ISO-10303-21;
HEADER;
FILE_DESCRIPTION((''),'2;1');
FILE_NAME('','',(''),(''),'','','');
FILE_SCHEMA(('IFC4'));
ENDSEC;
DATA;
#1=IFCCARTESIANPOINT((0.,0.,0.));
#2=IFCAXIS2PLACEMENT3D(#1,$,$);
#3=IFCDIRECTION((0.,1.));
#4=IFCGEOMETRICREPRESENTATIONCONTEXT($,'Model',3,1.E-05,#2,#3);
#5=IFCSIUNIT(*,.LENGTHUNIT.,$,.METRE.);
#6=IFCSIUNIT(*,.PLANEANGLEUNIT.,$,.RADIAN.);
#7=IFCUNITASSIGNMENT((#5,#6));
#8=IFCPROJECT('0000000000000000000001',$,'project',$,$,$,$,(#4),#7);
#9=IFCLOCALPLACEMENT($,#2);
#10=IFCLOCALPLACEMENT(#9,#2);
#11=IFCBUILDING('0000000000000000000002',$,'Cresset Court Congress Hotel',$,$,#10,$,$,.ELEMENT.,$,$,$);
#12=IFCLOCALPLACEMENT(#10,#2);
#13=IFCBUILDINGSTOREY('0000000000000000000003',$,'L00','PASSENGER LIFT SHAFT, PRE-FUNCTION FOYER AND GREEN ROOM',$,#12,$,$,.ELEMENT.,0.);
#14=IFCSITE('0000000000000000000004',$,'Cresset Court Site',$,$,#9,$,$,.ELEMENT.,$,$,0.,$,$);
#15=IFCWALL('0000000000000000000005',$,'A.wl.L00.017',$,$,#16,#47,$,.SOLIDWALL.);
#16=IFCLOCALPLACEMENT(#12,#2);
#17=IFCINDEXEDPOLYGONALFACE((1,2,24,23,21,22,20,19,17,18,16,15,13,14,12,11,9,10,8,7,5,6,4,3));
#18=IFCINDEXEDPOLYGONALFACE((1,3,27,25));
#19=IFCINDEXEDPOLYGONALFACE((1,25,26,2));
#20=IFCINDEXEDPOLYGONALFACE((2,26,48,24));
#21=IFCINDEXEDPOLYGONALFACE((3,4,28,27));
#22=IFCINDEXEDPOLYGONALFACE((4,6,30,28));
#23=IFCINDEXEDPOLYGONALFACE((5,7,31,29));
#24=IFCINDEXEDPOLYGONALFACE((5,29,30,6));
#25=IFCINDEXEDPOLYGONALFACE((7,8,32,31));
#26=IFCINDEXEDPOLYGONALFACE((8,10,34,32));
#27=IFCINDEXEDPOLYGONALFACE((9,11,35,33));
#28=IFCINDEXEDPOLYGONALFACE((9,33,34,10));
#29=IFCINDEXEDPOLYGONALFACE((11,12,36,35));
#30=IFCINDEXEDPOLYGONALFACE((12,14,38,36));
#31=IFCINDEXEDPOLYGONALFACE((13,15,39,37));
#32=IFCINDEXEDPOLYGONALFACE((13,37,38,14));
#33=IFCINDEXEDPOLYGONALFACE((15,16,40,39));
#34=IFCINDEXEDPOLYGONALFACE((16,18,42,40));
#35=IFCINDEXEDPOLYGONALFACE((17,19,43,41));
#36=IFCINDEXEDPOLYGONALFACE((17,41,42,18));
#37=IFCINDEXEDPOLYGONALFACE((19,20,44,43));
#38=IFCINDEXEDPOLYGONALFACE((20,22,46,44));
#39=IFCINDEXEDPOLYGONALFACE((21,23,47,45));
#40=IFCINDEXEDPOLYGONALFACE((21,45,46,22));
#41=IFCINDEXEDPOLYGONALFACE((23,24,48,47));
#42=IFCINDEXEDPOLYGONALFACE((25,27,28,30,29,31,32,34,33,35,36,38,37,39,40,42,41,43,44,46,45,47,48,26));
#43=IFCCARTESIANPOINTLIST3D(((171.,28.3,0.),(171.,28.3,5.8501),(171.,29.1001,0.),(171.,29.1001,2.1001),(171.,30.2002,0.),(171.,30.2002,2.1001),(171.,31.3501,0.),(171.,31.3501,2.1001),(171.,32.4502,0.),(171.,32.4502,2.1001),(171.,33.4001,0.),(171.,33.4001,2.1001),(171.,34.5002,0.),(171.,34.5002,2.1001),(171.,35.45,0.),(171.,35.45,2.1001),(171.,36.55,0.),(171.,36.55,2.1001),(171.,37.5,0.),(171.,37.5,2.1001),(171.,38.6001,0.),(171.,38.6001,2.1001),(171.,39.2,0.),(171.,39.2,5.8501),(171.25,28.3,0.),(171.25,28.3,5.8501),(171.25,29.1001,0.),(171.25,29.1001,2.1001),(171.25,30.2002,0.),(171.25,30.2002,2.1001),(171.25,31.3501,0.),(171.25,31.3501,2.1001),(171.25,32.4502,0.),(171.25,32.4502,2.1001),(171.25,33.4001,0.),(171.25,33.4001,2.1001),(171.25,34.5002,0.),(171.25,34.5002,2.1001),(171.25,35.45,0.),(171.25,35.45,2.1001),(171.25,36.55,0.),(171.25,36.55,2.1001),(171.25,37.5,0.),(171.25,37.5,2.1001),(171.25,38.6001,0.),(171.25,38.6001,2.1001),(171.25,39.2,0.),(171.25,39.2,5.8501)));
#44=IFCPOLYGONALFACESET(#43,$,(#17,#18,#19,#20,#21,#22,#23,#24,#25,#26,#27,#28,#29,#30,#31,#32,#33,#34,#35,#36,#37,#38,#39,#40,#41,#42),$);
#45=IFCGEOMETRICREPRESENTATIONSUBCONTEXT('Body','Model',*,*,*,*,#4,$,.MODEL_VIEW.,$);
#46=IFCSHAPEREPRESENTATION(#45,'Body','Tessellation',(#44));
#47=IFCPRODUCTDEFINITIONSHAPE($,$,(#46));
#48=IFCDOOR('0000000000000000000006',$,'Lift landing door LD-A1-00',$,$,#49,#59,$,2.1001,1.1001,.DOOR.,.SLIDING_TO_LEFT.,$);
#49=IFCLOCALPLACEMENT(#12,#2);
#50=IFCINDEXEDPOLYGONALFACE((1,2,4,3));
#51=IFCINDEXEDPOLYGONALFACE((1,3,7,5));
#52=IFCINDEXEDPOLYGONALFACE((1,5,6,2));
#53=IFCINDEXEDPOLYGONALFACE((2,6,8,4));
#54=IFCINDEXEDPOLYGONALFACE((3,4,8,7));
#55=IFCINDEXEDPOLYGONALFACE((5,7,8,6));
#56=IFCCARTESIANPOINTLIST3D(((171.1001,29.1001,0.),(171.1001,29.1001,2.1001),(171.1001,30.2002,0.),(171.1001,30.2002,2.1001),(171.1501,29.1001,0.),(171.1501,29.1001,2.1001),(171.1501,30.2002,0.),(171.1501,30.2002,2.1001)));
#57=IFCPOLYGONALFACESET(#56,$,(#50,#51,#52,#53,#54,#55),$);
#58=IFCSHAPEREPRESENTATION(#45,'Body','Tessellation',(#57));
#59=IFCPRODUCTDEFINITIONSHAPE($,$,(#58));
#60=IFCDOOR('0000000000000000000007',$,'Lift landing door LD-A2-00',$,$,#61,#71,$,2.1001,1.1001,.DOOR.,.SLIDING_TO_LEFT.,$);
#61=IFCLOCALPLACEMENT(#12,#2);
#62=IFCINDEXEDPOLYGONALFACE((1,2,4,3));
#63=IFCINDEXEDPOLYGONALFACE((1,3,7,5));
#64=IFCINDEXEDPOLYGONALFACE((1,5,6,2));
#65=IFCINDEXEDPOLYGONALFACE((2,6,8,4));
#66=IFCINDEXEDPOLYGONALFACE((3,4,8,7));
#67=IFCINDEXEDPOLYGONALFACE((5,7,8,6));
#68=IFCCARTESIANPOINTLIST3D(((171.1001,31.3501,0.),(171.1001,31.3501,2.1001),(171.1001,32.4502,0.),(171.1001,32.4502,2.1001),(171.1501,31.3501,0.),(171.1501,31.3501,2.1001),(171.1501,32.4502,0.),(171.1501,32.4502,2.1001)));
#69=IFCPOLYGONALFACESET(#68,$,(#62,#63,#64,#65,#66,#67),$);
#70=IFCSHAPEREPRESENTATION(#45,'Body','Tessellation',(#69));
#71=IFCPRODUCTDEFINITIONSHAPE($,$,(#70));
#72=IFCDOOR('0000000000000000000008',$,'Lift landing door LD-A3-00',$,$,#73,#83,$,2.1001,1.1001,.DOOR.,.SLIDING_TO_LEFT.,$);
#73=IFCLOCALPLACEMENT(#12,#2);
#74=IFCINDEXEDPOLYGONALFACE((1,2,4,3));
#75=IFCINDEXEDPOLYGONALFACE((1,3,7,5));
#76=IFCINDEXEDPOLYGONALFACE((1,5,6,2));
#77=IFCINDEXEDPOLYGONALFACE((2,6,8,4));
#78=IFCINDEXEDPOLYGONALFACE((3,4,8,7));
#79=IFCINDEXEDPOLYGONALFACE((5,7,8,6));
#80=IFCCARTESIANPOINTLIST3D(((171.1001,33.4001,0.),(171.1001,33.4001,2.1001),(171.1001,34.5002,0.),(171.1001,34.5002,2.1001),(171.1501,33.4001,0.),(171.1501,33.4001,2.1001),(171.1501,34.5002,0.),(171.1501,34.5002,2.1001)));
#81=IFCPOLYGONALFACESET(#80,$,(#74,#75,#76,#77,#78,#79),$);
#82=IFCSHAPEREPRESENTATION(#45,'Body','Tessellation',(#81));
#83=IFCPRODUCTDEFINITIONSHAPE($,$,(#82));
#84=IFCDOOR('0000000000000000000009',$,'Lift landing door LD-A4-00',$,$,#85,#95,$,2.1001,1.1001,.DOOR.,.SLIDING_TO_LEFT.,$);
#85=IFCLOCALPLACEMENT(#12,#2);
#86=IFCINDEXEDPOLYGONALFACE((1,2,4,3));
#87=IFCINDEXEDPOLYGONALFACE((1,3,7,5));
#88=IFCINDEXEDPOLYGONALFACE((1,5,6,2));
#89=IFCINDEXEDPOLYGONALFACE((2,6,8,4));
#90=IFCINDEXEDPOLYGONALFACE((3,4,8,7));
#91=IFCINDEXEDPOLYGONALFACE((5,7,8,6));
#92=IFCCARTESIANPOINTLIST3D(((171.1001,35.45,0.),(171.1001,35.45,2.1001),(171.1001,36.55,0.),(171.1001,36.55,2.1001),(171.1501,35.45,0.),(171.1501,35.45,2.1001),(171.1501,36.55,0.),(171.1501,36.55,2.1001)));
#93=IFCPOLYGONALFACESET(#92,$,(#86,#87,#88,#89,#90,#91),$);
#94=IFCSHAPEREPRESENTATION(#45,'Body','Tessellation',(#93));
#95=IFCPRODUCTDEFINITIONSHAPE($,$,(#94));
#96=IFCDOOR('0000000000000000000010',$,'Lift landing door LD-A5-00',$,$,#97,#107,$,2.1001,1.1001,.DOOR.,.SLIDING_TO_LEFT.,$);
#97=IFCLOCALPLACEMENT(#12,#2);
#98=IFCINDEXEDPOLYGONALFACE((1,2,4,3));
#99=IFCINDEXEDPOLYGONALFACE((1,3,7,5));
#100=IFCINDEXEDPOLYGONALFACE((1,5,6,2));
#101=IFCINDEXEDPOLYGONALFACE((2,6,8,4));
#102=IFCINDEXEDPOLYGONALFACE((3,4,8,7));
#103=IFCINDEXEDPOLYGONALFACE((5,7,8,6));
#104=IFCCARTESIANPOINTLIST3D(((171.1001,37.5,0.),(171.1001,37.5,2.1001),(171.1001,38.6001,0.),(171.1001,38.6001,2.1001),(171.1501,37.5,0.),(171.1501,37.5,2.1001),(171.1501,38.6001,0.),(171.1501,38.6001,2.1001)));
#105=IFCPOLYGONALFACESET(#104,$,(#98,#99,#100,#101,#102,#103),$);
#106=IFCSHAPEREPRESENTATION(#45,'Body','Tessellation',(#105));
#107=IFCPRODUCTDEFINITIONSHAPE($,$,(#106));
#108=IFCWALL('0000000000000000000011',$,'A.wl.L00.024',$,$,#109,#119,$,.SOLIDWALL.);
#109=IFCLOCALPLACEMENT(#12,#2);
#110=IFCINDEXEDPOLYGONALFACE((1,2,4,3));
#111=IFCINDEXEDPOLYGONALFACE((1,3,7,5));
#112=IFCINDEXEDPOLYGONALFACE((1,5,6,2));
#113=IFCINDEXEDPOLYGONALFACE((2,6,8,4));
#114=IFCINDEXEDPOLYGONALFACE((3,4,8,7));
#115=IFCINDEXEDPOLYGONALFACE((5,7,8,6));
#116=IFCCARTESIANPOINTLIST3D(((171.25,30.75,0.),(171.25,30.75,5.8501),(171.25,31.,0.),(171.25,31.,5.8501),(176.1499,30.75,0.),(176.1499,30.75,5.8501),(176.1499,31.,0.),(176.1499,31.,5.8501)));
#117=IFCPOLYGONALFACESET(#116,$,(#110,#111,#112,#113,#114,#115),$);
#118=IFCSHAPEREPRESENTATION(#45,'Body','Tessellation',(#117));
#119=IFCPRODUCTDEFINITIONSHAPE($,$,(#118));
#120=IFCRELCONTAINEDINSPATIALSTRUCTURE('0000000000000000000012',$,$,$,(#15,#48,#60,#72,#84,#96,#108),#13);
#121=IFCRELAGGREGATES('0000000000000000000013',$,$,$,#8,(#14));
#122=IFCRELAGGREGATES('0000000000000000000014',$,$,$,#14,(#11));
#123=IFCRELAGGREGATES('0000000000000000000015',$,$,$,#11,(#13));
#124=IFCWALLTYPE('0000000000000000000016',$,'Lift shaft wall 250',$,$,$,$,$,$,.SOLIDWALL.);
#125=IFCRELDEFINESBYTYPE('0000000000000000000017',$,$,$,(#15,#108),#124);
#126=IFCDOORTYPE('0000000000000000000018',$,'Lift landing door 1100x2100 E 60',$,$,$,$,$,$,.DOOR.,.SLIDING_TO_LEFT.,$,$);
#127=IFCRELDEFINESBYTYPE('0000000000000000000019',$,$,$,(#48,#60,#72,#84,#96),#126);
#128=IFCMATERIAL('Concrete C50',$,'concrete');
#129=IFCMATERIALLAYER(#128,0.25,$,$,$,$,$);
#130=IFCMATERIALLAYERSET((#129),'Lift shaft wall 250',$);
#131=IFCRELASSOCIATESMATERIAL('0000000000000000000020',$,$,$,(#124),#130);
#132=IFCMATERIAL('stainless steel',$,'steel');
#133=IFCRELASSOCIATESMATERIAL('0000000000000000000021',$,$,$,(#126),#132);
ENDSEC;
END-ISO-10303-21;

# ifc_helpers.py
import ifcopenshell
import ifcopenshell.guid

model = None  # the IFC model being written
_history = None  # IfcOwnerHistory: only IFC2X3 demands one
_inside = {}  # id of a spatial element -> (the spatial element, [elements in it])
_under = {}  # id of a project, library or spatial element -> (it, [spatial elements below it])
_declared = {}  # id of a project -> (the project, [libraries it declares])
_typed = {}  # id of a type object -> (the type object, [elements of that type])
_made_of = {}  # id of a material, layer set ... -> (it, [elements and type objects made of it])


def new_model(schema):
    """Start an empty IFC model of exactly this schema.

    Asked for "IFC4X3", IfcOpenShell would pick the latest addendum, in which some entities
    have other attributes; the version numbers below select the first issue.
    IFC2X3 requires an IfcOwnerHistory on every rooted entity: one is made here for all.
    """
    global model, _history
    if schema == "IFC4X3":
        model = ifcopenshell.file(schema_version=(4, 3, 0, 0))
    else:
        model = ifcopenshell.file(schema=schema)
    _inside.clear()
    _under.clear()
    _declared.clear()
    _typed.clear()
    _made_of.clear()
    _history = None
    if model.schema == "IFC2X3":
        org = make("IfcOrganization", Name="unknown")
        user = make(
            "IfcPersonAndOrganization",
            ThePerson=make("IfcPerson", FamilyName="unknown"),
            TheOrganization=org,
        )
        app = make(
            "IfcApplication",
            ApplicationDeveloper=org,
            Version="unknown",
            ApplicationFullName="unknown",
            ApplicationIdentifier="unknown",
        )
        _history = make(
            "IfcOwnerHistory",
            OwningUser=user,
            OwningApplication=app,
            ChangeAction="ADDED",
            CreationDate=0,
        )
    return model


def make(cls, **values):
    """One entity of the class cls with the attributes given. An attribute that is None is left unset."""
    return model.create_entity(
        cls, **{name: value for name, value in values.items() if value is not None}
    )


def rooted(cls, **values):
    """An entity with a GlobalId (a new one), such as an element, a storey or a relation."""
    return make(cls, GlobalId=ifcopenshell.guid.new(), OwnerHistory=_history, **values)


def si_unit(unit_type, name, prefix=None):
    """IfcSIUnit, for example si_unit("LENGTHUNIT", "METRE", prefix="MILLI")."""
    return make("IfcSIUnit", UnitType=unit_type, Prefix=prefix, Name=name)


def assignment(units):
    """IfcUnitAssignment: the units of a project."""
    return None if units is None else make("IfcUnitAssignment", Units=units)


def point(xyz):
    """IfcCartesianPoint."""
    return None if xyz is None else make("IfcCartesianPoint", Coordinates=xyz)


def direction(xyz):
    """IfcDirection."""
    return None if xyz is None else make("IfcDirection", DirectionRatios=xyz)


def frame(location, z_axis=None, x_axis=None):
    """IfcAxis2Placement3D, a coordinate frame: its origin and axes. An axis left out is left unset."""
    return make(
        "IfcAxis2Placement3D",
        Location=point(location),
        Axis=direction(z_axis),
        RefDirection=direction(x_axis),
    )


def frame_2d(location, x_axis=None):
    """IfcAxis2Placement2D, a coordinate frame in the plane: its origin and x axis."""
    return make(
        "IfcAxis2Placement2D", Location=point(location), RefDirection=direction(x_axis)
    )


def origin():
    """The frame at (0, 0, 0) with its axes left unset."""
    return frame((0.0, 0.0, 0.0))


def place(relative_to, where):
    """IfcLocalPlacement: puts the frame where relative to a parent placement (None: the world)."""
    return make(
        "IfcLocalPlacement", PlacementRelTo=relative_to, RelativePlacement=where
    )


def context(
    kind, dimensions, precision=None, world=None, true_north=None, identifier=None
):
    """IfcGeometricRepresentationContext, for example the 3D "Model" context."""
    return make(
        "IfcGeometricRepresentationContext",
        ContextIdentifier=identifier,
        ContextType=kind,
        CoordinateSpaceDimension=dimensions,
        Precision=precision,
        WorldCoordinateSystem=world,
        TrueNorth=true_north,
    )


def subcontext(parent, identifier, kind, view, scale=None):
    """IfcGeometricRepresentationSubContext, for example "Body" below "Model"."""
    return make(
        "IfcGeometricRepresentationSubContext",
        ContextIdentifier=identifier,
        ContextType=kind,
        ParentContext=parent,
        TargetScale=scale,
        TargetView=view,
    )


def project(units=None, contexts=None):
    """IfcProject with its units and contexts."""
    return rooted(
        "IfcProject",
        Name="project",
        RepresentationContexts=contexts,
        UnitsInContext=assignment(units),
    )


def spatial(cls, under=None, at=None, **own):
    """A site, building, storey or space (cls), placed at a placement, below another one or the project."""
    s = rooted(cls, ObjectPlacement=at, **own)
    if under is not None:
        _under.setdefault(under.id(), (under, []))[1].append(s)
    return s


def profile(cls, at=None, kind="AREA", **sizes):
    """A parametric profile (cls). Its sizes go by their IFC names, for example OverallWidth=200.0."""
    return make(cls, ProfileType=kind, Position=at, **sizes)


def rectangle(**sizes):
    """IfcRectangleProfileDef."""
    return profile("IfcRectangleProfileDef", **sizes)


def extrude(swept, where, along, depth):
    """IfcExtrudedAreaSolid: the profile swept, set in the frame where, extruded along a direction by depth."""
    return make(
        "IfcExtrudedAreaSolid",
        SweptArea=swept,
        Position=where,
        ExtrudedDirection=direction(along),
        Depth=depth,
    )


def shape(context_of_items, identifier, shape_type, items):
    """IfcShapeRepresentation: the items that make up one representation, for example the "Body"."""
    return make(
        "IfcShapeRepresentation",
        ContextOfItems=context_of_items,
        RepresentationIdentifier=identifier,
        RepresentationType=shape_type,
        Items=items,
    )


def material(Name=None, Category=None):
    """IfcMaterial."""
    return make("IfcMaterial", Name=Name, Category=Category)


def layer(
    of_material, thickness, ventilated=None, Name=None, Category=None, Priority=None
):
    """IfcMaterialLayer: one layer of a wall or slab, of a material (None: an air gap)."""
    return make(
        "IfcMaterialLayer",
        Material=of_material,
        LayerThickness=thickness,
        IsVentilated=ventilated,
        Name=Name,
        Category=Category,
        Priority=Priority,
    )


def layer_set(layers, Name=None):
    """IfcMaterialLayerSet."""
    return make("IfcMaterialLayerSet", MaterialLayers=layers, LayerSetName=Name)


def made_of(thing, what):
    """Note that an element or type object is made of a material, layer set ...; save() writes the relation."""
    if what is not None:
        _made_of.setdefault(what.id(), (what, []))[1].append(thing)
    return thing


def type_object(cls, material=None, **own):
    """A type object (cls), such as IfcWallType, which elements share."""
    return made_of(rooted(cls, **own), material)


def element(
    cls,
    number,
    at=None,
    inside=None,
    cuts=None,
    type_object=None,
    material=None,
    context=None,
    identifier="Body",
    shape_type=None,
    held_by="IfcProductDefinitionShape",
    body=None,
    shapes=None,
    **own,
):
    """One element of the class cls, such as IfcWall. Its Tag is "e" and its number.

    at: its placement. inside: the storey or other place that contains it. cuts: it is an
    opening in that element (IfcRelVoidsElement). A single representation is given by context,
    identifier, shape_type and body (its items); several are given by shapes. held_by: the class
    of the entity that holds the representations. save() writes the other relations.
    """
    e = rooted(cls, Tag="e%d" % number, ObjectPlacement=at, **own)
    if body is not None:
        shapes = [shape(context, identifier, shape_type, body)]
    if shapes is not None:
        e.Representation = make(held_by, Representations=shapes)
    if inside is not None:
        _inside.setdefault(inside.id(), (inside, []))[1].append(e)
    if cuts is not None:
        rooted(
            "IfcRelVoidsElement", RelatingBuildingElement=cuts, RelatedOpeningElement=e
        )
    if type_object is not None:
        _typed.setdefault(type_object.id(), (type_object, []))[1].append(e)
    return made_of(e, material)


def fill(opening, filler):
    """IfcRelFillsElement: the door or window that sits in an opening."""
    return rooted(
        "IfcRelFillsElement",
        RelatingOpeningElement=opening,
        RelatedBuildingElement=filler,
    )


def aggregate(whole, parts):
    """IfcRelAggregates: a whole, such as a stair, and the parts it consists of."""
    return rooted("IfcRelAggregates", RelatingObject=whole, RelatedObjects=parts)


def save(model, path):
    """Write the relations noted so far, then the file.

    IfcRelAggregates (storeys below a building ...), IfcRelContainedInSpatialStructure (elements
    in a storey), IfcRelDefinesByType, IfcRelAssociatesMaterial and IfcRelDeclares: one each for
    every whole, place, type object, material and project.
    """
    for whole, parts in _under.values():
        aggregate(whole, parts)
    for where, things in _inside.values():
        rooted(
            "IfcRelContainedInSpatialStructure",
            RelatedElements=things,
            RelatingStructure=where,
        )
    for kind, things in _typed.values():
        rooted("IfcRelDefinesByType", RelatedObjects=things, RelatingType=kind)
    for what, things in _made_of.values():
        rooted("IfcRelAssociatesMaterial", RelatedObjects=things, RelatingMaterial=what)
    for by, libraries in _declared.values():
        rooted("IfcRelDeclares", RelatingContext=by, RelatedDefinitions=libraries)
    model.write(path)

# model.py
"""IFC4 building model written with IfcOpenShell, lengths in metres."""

from ifc_helpers import new_model, si_unit, direction, frame, frame_2d, origin, place, context, subcontext, project, spatial, rectangle, extrude, material, layer, layer_set, type_object, element, fill, save


model = new_model("IFC4")

# Units and contexts
model_context = context("Model", 3, precision=1e-05, world=origin(), true_north=direction((0.0, 1.0)))
body_context = subcontext(model_context, "Body", "Model", "MODEL_VIEW")
ifc_project = project(units=[si_unit("LENGTHUNIT", "METRE"), si_unit("PLANEANGLEUNIT", "RADIAN")], contexts=[model_context])

# Site, building, storey
site_placement = place(None, origin())
site = spatial("IfcSite", under=ifc_project, at=site_placement, Name="Cresset Court Site", CompositionType="ELEMENT", RefElevation=0.0)
building_placement = place(site_placement, origin())
building = spatial("IfcBuilding", under=site, at=building_placement, Name="Cresset Court Congress Hotel", CompositionType="ELEMENT")
storey_placement = place(building_placement, origin())
storey = spatial("IfcBuildingStorey", under=building, at=storey_placement, Name="L00", Description="PASSENGER LIFT SHAFT, PRE-FUNCTION FOYER AND GREEN ROOM", CompositionType="ELEMENT", Elevation=0.0)

# Wall, openings, doors
ifc_material_1 = material(Name="Concrete C50", Category="concrete")
ifc_layer_1 = layer(ifc_material_1, 0.25)
ifc_layer_set_1 = layer_set([ifc_layer_1], Name="Lift shaft wall 250")
wall_type_1 = type_object("IfcWallType", Name="Lift shaft wall 250", PredefinedType="SOLIDWALL", material=ifc_layer_set_1)
wall_1_placement = place(storey_placement, frame((171.125, 28.3, 0.0), z_axis=(0.0, 0.0, 1.0), x_axis=(0.0, 1.0, 0.0)))
wall_1 = element("IfcWall", 1, at=wall_1_placement, inside=storey, type_object=wall_type_1, Name="A.wl.L00.017", PredefinedType="SOLIDWALL", context=body_context, shape_type="SweptSolid", body=[
    extrude(rectangle(XDim=10.8999, YDim=0.25, at=frame_2d((5.45, 0.0))), origin(), (0.0, 0.0, 1.0), 5.8501),
])
opening_1_placement = place(wall_1_placement, frame((0.8, 0.0, 0.0)))
opening_1 = element("IfcOpeningElement", 2, at=opening_1_placement, cuts=wall_1, PredefinedType="OPENING", context=body_context, shape_type="SweptSolid", body=[
    extrude(rectangle(XDim=1.1001, YDim=2.1001, at=frame_2d((0.55, 1.05))), frame((0.0, 0.135, 0.0), z_axis=(0.0, -1.0, 0.0), x_axis=(1.0, 0.0, 0.0)), (0.0, 0.0, 1.0), 0.27),
])
opening_2_placement = place(wall_1_placement, frame((3.05, 0.0, 0.0)))
opening_2 = element("IfcOpeningElement", 3, at=opening_2_placement, cuts=wall_1, PredefinedType="OPENING", context=body_context, shape_type="SweptSolid", body=[
    extrude(rectangle(XDim=1.1001, YDim=2.1001, at=frame_2d((0.55, 1.05))), frame((0.0, 0.135, 0.0), z_axis=(0.0, -1.0, 0.0), x_axis=(1.0, 0.0, 0.0)), (0.0, 0.0, 1.0), 0.27),
])
opening_3_placement = place(wall_1_placement, frame((5.1001, 0.0, 0.0)))
opening_3 = element("IfcOpeningElement", 4, at=opening_3_placement, cuts=wall_1, PredefinedType="OPENING", context=body_context, shape_type="SweptSolid", body=[
    extrude(rectangle(XDim=1.1001, YDim=2.1001, at=frame_2d((0.55, 1.05))), frame((0.0, 0.135, 0.0), z_axis=(0.0, -1.0, 0.0), x_axis=(1.0, 0.0, 0.0)), (0.0, 0.0, 1.0), 0.27),
])
opening_4_placement = place(wall_1_placement, frame((7.1499, 0.0, 0.0)))
opening_4 = element("IfcOpeningElement", 5, at=opening_4_placement, cuts=wall_1, PredefinedType="OPENING", context=body_context, shape_type="SweptSolid", body=[
    extrude(rectangle(XDim=1.1001, YDim=2.1001, at=frame_2d((0.55, 1.05))), frame((0.0, 0.135, 0.0), z_axis=(0.0, -1.0, 0.0), x_axis=(1.0, 0.0, 0.0)), (0.0, 0.0, 1.0), 0.27),
])
opening_5_placement = place(wall_1_placement, frame((9.2, 0.0, 0.0)))
opening_5 = element("IfcOpeningElement", 6, at=opening_5_placement, cuts=wall_1, PredefinedType="OPENING", context=body_context, shape_type="SweptSolid", body=[
    extrude(rectangle(XDim=1.1001, YDim=2.1001, at=frame_2d((0.55, 1.05))), frame((0.0, 0.135, 0.0), z_axis=(0.0, -1.0, 0.0), x_axis=(1.0, 0.0, 0.0)), (0.0, 0.0, 1.0), 0.27),
])
ifc_material_2 = material(Name="stainless steel", Category="steel")
door_type = type_object("IfcDoorType", Name="Lift landing door 1100x2100 E 60", OperationType="SLIDING_TO_LEFT", PredefinedType="DOOR", material=ifc_material_2)
door_1_placement = place(opening_1_placement, origin())
door_1 = element("IfcDoor", 7, at=door_1_placement, inside=storey, type_object=door_type, Name="Lift landing door LD-A1-00", OperationType="SLIDING_TO_LEFT", OverallHeight=2.1001, OverallWidth=1.1001, PredefinedType="DOOR", context=body_context, shape_type="SweptSolid", body=[
    extrude(rectangle(XDim=1.1001, YDim=2.1001, at=frame_2d((0.55, 1.05))), frame((0.0, 0.0249, 0.0), z_axis=(0.0, -1.0, 0.0), x_axis=(1.0, 0.0, 0.0)), (0.0, 0.0, 1.0), 0.05),
])
fill(opening_1, door_1)
door_2_placement = place(opening_2_placement, origin())
door_2 = element("IfcDoor", 8, at=door_2_placement, inside=storey, type_object=door_type, Name="Lift landing door LD-A2-00", OperationType="SLIDING_TO_LEFT", OverallHeight=2.1001, OverallWidth=1.1001, PredefinedType="DOOR", context=body_context, shape_type="SweptSolid", body=[
    extrude(rectangle(XDim=1.1001, YDim=2.1001, at=frame_2d((0.55, 1.05))), frame((0.0, 0.0249, 0.0), z_axis=(0.0, -1.0, 0.0), x_axis=(1.0, 0.0, 0.0)), (0.0, 0.0, 1.0), 0.05),
])
fill(opening_2, door_2)
door_3_placement = place(opening_3_placement, origin())
door_3 = element("IfcDoor", 9, at=door_3_placement, inside=storey, type_object=door_type, Name="Lift landing door LD-A3-00", OperationType="SLIDING_TO_LEFT", OverallHeight=2.1001, OverallWidth=1.1001, PredefinedType="DOOR", context=body_context, shape_type="SweptSolid", body=[
    extrude(rectangle(XDim=1.1001, YDim=2.1001, at=frame_2d((0.55, 1.05))), frame((0.0, 0.0249, 0.0), z_axis=(0.0, -1.0, 0.0), x_axis=(1.0, 0.0, 0.0)), (0.0, 0.0, 1.0), 0.05),
])
fill(opening_3, door_3)
door_4_placement = place(opening_4_placement, origin())
door_4 = element("IfcDoor", 10, at=door_4_placement, inside=storey, type_object=door_type, Name="Lift landing door LD-A4-00", OperationType="SLIDING_TO_LEFT", OverallHeight=2.1001, OverallWidth=1.1001, PredefinedType="DOOR", context=body_context, shape_type="SweptSolid", body=[
    extrude(rectangle(XDim=1.1001, YDim=2.1001, at=frame_2d((0.55, 1.05))), frame((0.0, 0.0249, 0.0), z_axis=(0.0, -1.0, 0.0), x_axis=(1.0, 0.0, 0.0)), (0.0, 0.0, 1.0), 0.05),
])
fill(opening_4, door_4)
door_5_placement = place(opening_5_placement, origin())
door_5 = element("IfcDoor", 11, at=door_5_placement, inside=storey, type_object=door_type, Name="Lift landing door LD-A5-00", OperationType="SLIDING_TO_LEFT", OverallHeight=2.1001, OverallWidth=1.1001, PredefinedType="DOOR", context=body_context, shape_type="SweptSolid", body=[
    extrude(rectangle(XDim=1.1001, YDim=2.1001, at=frame_2d((0.55, 1.05))), frame((0.0, 0.0249, 0.0), z_axis=(0.0, -1.0, 0.0), x_axis=(1.0, 0.0, 0.0)), (0.0, 0.0, 1.0), 0.05),
])
fill(opening_5, door_5)

# Wall
wall_2_placement = place(storey_placement, frame((171.25, 30.875, 0.0), z_axis=(0.0, 0.0, 1.0), x_axis=(1.0, 0.0, 0.0)))
element("IfcWall", 12, at=wall_2_placement, inside=storey, type_object=wall_type_1, Name="A.wl.L00.024", PredefinedType="SOLIDWALL", context=body_context, shape_type="SweptSolid", body=[
    extrude(rectangle(XDim=4.8999, YDim=0.25, at=frame_2d((2.45, 0.0))), origin(), (0.0, 0.0, 1.0), 5.8501),
])

save(model, "model.ifc")
